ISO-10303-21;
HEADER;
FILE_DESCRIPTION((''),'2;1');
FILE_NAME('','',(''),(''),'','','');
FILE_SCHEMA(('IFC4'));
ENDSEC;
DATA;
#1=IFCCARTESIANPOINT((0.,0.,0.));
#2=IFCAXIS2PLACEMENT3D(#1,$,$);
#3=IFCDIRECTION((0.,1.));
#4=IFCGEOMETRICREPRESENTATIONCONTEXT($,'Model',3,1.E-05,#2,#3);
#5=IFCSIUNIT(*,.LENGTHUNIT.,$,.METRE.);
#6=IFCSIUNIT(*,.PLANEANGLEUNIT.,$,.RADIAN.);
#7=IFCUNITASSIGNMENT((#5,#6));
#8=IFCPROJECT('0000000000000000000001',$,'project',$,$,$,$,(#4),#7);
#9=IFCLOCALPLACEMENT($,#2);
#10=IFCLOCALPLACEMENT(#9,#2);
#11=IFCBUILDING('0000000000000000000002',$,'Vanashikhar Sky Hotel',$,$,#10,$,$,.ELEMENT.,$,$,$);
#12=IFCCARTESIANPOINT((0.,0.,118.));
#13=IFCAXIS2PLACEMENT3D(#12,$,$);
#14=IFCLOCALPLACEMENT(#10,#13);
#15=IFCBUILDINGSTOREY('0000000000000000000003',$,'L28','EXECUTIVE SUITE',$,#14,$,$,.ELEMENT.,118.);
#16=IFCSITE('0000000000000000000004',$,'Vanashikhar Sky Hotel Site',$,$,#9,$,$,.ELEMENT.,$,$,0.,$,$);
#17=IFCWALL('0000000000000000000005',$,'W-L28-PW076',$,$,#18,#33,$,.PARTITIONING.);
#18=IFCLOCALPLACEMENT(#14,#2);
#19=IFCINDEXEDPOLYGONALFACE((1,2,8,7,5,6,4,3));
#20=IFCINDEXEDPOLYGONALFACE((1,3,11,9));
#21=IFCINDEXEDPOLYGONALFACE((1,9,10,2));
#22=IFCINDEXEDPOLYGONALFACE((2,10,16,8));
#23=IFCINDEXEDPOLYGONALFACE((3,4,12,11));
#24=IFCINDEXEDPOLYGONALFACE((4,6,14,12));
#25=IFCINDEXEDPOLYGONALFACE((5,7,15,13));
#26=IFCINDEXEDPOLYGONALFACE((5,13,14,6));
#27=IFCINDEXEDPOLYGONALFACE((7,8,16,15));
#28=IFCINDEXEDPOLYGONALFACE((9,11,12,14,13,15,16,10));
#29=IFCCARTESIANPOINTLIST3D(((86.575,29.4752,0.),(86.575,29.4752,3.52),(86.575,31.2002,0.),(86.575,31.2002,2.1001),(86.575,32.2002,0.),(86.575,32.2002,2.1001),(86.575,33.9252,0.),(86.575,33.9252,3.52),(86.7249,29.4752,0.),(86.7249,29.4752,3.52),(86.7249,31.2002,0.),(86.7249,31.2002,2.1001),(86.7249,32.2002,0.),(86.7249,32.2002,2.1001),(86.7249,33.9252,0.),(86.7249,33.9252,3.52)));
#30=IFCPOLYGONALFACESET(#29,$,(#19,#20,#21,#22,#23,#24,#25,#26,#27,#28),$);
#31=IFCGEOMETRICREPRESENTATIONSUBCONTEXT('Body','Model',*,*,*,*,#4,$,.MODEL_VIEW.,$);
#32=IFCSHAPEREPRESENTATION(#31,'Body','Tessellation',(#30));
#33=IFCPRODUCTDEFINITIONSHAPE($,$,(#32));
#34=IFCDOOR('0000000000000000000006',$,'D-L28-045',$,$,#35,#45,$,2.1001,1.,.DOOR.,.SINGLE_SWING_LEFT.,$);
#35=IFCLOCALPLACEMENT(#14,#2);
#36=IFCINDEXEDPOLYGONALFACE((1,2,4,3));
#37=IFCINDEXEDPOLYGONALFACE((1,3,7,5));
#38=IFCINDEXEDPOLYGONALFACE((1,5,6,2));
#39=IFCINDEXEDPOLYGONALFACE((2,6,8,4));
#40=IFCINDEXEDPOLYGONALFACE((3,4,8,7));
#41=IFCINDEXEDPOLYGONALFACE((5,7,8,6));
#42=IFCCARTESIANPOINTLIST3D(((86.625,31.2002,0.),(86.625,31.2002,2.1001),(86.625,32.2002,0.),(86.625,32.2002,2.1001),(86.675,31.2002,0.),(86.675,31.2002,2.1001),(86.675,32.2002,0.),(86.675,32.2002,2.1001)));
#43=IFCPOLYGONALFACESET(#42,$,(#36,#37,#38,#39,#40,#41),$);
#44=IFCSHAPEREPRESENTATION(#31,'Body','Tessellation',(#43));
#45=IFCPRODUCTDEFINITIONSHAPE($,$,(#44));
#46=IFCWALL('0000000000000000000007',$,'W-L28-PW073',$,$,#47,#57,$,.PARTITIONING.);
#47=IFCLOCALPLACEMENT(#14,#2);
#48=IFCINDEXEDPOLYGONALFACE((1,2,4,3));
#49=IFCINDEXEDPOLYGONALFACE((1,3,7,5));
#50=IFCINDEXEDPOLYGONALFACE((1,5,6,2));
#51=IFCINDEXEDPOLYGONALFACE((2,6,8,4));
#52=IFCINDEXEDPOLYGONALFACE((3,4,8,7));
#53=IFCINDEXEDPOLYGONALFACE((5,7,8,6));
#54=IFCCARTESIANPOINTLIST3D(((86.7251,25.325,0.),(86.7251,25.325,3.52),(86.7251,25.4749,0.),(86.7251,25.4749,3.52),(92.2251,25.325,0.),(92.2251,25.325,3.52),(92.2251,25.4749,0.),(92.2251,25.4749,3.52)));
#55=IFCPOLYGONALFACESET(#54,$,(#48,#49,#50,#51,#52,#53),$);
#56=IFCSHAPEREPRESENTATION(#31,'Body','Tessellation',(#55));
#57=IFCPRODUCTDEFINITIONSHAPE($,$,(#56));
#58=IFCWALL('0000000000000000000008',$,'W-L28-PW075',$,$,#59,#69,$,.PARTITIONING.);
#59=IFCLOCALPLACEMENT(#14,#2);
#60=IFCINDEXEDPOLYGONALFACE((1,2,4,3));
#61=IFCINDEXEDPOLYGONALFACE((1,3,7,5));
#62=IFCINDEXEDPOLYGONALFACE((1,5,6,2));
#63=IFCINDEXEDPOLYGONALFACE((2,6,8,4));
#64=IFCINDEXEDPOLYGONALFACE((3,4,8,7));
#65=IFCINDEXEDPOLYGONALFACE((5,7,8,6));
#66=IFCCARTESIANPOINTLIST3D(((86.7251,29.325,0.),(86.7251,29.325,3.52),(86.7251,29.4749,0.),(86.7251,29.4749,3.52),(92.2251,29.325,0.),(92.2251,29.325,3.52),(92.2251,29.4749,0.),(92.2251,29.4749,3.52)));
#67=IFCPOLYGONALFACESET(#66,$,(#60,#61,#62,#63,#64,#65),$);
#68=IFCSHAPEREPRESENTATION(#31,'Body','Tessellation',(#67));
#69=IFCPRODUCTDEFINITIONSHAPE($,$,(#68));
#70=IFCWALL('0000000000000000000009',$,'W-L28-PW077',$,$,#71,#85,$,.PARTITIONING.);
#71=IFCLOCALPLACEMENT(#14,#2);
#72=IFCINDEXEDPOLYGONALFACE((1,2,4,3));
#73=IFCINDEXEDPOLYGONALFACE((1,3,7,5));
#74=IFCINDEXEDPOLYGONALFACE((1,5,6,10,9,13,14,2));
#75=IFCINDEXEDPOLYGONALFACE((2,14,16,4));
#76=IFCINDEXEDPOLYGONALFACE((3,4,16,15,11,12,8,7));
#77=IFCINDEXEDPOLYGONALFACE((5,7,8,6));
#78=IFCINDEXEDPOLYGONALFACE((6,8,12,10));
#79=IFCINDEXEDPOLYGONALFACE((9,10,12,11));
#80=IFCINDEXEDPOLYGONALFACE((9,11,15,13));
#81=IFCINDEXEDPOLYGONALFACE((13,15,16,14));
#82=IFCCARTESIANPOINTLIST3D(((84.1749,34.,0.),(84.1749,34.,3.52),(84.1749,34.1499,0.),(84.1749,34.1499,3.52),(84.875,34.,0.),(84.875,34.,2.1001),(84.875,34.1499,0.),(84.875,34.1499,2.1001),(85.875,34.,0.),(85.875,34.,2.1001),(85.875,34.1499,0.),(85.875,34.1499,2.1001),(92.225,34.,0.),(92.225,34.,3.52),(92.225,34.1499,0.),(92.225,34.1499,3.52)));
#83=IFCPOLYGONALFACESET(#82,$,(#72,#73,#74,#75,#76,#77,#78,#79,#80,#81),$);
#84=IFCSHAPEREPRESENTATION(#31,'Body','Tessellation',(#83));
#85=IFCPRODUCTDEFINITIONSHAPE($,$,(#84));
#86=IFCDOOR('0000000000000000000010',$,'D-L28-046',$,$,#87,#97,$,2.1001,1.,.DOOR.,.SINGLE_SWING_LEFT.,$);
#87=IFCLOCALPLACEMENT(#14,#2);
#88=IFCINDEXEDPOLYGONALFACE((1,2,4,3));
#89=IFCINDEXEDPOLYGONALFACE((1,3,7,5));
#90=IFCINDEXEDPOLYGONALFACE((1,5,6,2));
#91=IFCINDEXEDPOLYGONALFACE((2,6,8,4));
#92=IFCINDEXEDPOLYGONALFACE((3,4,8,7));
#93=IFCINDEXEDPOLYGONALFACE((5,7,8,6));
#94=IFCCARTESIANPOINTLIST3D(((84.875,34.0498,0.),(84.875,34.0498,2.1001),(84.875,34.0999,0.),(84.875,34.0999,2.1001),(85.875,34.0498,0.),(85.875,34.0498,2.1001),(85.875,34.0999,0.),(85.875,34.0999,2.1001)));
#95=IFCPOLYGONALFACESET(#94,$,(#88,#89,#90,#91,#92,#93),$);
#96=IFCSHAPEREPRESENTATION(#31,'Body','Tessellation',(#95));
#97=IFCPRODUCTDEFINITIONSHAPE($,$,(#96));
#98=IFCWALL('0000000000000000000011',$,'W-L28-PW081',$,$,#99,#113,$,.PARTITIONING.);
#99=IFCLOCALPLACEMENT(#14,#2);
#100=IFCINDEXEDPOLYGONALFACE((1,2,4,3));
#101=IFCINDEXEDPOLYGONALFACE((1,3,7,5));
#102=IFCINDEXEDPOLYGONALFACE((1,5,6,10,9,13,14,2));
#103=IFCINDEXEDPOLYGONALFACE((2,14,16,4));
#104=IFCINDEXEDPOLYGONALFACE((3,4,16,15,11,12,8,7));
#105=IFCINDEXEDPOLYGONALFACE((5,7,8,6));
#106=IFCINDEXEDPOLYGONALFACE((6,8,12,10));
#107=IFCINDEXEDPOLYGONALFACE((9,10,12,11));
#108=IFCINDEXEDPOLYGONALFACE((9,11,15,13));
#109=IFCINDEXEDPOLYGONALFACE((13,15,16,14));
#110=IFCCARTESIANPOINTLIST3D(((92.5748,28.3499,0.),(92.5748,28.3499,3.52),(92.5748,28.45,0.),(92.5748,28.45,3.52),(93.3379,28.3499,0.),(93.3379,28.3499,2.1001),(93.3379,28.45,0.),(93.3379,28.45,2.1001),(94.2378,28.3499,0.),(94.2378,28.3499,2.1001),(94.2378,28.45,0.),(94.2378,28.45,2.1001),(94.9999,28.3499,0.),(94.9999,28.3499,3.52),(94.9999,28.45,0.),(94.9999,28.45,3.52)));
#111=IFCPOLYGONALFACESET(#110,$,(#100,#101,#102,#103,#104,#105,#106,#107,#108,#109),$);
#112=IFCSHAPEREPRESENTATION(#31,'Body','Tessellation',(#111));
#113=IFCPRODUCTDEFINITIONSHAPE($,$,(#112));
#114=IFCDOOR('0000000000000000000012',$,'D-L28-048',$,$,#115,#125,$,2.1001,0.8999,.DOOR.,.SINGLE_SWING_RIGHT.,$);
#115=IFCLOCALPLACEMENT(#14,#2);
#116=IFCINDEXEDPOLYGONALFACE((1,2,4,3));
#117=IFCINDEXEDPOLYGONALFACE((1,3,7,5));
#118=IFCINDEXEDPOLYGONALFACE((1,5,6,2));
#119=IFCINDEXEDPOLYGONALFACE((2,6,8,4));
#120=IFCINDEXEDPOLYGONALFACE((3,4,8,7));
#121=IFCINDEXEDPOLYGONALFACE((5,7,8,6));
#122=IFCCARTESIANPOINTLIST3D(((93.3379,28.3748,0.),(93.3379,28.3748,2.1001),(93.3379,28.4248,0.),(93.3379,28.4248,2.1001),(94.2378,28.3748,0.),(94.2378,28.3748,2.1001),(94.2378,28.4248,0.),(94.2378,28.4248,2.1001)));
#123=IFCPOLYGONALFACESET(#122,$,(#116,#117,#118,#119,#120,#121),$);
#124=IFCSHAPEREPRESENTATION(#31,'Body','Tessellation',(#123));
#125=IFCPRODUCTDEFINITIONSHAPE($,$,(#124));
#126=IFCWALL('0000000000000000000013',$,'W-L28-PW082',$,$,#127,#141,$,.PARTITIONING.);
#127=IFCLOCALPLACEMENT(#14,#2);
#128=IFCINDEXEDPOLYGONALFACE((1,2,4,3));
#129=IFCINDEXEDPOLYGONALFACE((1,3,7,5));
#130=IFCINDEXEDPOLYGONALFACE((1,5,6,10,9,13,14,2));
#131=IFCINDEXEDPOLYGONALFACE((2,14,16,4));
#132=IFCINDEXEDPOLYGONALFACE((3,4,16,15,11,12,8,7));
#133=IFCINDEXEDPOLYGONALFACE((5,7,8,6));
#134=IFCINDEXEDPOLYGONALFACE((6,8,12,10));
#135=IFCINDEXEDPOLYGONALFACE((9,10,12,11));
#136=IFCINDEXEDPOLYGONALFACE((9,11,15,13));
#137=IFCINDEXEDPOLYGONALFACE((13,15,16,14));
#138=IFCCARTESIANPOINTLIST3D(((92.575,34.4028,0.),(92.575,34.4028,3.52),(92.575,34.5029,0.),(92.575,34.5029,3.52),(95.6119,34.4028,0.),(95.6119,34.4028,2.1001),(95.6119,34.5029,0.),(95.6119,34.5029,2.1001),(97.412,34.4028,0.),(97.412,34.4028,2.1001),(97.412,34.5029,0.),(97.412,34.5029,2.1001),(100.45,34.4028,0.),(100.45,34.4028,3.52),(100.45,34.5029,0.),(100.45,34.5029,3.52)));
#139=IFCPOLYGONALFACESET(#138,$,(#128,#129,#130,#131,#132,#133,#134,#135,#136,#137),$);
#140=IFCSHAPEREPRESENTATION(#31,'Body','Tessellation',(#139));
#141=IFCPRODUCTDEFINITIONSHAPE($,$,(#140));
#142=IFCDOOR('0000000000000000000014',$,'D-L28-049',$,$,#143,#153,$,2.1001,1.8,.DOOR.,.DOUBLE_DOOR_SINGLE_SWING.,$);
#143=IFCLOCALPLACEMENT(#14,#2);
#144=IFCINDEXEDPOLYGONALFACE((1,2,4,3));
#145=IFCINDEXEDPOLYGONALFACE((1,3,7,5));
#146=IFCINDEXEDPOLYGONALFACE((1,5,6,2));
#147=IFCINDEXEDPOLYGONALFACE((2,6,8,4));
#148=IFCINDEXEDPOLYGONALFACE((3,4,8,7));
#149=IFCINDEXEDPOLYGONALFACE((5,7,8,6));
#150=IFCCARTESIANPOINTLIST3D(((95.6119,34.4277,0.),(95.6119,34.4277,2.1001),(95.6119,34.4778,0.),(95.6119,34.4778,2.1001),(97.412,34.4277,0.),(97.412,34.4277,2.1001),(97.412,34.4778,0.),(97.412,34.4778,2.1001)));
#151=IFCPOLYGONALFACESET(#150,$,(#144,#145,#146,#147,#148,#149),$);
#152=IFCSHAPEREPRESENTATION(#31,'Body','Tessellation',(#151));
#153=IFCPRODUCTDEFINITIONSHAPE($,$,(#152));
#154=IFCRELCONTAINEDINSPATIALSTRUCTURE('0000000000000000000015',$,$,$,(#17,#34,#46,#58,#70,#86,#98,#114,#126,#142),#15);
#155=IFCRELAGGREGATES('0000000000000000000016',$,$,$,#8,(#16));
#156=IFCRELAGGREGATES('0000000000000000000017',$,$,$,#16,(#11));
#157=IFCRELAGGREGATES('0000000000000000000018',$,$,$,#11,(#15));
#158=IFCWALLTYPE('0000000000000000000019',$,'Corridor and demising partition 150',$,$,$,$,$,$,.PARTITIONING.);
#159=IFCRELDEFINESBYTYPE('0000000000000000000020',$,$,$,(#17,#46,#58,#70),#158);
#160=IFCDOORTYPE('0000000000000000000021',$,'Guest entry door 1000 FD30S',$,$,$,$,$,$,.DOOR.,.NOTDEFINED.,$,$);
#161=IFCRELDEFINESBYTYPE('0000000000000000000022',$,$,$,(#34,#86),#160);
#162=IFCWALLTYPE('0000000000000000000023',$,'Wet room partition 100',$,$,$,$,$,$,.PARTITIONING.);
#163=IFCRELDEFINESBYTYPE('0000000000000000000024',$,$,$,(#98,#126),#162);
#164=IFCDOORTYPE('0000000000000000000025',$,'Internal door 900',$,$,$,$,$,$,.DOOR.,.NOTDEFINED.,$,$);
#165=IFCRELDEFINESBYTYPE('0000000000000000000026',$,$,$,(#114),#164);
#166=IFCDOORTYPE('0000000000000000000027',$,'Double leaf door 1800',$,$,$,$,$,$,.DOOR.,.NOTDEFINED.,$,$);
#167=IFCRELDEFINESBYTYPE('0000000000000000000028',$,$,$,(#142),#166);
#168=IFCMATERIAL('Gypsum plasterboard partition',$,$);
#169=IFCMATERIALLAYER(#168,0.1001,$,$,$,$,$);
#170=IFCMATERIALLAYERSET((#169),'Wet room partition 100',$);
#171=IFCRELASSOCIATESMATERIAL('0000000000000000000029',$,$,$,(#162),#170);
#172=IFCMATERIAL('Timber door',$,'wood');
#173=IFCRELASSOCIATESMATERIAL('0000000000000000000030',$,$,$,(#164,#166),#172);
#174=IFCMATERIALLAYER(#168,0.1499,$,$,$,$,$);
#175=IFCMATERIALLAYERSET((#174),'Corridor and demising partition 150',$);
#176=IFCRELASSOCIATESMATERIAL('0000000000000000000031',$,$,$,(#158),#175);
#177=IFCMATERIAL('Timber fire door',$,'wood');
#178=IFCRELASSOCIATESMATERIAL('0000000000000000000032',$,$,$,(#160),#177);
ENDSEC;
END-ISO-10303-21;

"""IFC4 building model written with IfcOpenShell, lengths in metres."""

from ifc_helpers import new_model, si_unit, direction, frame, frame_2d, origin, place, context, subcontext, project, spatial, rectangle, extrude, source, transform, mapped, material, layer, layer_set, type_object, element, fill, save


model = new_model("IFC4")

# Units and contexts
model_context = context("Model", 3, precision=1e-05, world=origin(), true_north=direction((0.0, 1.0)))
body_context = subcontext(model_context, "Body", "Model", "MODEL_VIEW")
ifc_project = project(units=[si_unit("LENGTHUNIT", "METRE"), si_unit("PLANEANGLEUNIT", "RADIAN")], contexts=[model_context])

# Site, building, storey
site_placement = place(None, origin())
site = spatial("IfcSite", under=ifc_project, at=site_placement, Name="Vanashikhar Sky Hotel Site", CompositionType="ELEMENT", RefElevation=0.0)
building_placement = place(site_placement, origin())
building = spatial("IfcBuilding", under=site, at=building_placement, Name="Vanashikhar Sky Hotel", CompositionType="ELEMENT")
storey_placement = place(building_placement, frame((0.0, 0.0, 118.0)))
storey = spatial("IfcBuildingStorey", under=building, at=storey_placement, Name="L28", Description="EXECUTIVE SUITE", CompositionType="ELEMENT", Elevation=118.0)

# Shared definitions
ifc_material_1 = material(Name="Gypsum plasterboard partition")
ifc_layer_1 = layer(ifc_material_1, 0.1001)
ifc_layer_set_1 = layer_set([ifc_layer_1], Name="Wet room partition 100")
wall_type_1 = type_object("IfcWallType", Name="Wet room partition 100", PredefinedType="PARTITIONING", material=ifc_layer_set_1)
shared_shape_1 = source(origin(), body_context, "Body", "SweptSolid", [
    extrude(rectangle(XDim=0.8999, YDim=2.1001, at=frame_2d((0.45, 1.05))), frame((0.0, 0.0601, 0.0), z_axis=(0.0, -1.0, 0.0), x_axis=(1.0, 0.0, 0.0)), (0.0, 0.0, 1.0), 0.1201),
])
ifc_material_2 = material(Name="Timber door", Category="wood")
door_type_1 = type_object("IfcDoorType", Name="Internal door 900", OperationType="NOTDEFINED", PredefinedType="DOOR", material=ifc_material_2)
shared_shape_2 = source(origin(), body_context, "Body", "SweptSolid", [
    extrude(rectangle(XDim=0.8999, YDim=2.1001, at=frame_2d((0.45, 1.05))), frame((0.0, 0.0249, 0.0), z_axis=(0.0, -1.0, 0.0), x_axis=(1.0, 0.0, 0.0)), (0.0, 0.0, 1.0), 0.05),
])

# Wall, opening, door
ifc_layer_2 = layer(ifc_material_1, 0.1499)
ifc_layer_set_2 = layer_set([ifc_layer_2], Name="Corridor and demising partition 150")
wall_type_2 = type_object("IfcWallType", Name="Corridor and demising partition 150", PredefinedType="PARTITIONING", material=ifc_layer_set_2)
shared_shape_3 = source(origin(), body_context, "Body", "SweptSolid", [
    extrude(rectangle(XDim=1.0, YDim=2.1001, at=frame_2d((0.5, 1.05))), frame((0.0, 0.085, 0.0), z_axis=(0.0, -1.0, 0.0), x_axis=(1.0, 0.0, 0.0)), (0.0, 0.0, 1.0), 0.1699),
])
ifc_material_3 = material(Name="Timber fire door", Category="wood")
door_type_2 = type_object("IfcDoorType", Name="Guest entry door 1000 FD30S", OperationType="NOTDEFINED", PredefinedType="DOOR", material=ifc_material_3)
shared_shape_4 = source(origin(), body_context, "Body", "SweptSolid", [
    extrude(rectangle(XDim=1.0, YDim=2.1001, at=frame_2d((0.5, 1.05))), frame((0.0, 0.0249, 0.0), z_axis=(0.0, -1.0, 0.0), x_axis=(1.0, 0.0, 0.0)), (0.0, 0.0, 1.0), 0.05),
])
shared_shape_5 = source(origin(), body_context, "Body", "SweptSolid", [
    extrude(rectangle(XDim=4.45, YDim=0.1499, at=frame_2d((2.2251, 0.0))), origin(), (0.0, 0.0, 1.0), 3.52),
])
wall_1_placement = place(storey_placement, frame((86.6499, 29.4751, 0.0), z_axis=(0.0, 0.0, 1.0), x_axis=(0.0, 1.0, 0.0)))
wall_1 = element("IfcWall", 1, at=wall_1_placement, inside=storey, type_object=wall_type_2, Name="W-L28-PW076", PredefinedType="PARTITIONING", context=body_context, shape_type="MappedRepresentation", body=[
    mapped(shared_shape_5, transform((0.0, 0.0, 0.0), scale=1.0)),
])
opening_1_placement = place(wall_1_placement, frame((1.7251, 0.0, 0.0)))
opening_1 = element("IfcOpeningElement", 2, at=opening_1_placement, cuts=wall_1, PredefinedType="OPENING", context=body_context, shape_type="MappedRepresentation", body=[
    mapped(shared_shape_3, transform((0.0, 0.0, 0.0), scale=1.0)),
])
door_1_placement = place(opening_1_placement, origin())
door_1 = element("IfcDoor", 3, at=door_1_placement, inside=storey, type_object=door_type_2, Name="D-L28-045", OperationType="SINGLE_SWING_LEFT", OverallHeight=2.1001, OverallWidth=1.0, PredefinedType="DOOR", context=body_context, shape_type="MappedRepresentation", body=[
    mapped(shared_shape_4, transform((0.0, 0.0, 0.0), scale=1.0)),
])
fill(opening_1, door_1)

# Walls
shared_shape_6 = source(origin(), body_context, "Body", "SweptSolid", [
    extrude(rectangle(XDim=5.5, YDim=0.1499, at=frame_2d((2.75, 0.0))), origin(), (0.0, 0.0, 1.0), 3.52),
])
for number, where, z_axis, x_axis, name in (
    (4, (86.7251, 25.3999, 0.0), (0.0, 0.0, 1.0), (1.0, 0.0, 0.0), "W-L28-PW073"),
    (5, (86.7251, 29.3999, 0.0), (0.0, 0.0, 1.0), (1.0, 0.0, 0.0), "W-L28-PW075"),
):
    element("IfcWall", number, at=place(storey_placement, frame(where, z_axis=z_axis, x_axis=x_axis)), inside=storey, type_object=wall_type_2, Name=name, PredefinedType="PARTITIONING", context=body_context, shape_type="MappedRepresentation", body=[
        mapped(shared_shape_6, transform((0.0, 0.0, 0.0), scale=1.0)),
    ])

# Walls, openings, doors
shared_shape_7 = source(origin(), body_context, "Body", "SweptSolid", [
    extrude(rectangle(XDim=8.05, YDim=0.1499, at=frame_2d((4.0249, 0.0))), origin(), (0.0, 0.0, 1.0), 3.52),
])
wall_2_placement = place(storey_placement, frame((84.175, 34.075, 0.0), z_axis=(0.0, 0.0, 1.0), x_axis=(1.0, 0.0, 0.0)))
wall_2 = element("IfcWall", 6, at=wall_2_placement, inside=storey, type_object=wall_type_2, Name="W-L28-PW077", PredefinedType="PARTITIONING", context=body_context, shape_type="MappedRepresentation", body=[
    mapped(shared_shape_7, transform((0.0, 0.0, 0.0), scale=1.0)),
])
opening_2_placement = place(wall_2_placement, frame((0.7, 0.0, 0.0)))
opening_2 = element("IfcOpeningElement", 7, at=opening_2_placement, cuts=wall_2, PredefinedType="OPENING", context=body_context, shape_type="MappedRepresentation", body=[
    mapped(shared_shape_3, transform((0.0, 0.0, 0.0), scale=1.0)),
])
door_2_placement = place(opening_2_placement, origin())
door_2 = element("IfcDoor", 8, at=door_2_placement, inside=storey, type_object=door_type_2, Name="D-L28-046", OperationType="SINGLE_SWING_LEFT", OverallHeight=2.1001, OverallWidth=1.0, PredefinedType="DOOR", context=body_context, shape_type="MappedRepresentation", body=[
    mapped(shared_shape_4, transform((0.0, 0.0, 0.0), scale=1.0)),
])
fill(opening_2, door_2)
shared_shape_8 = source(origin(), body_context, "Body", "SweptSolid", [
    extrude(rectangle(XDim=2.425, YDim=0.1001, at=frame_2d((1.2124, 0.0))), origin(), (0.0, 0.0, 1.0), 3.52),
])
wall_3_placement = place(storey_placement, frame((92.575, 28.3999, 0.0), z_axis=(0.0, 0.0, 1.0), x_axis=(1.0, 0.0, 0.0)))
wall_3 = element("IfcWall", 9, at=wall_3_placement, inside=storey, type_object=wall_type_1, Name="W-L28-PW081", PredefinedType="PARTITIONING", context=body_context, shape_type="MappedRepresentation", body=[
    mapped(shared_shape_8, transform((0.0, 0.0, 0.0), scale=1.0)),
])
opening_3_placement = place(wall_3_placement, frame((0.7629, 0.0, 0.0)))
opening_3 = element("IfcOpeningElement", 10, at=opening_3_placement, cuts=wall_3, PredefinedType="OPENING", context=body_context, shape_type="MappedRepresentation", body=[
    mapped(shared_shape_1, transform((0.0, 0.0, 0.0), scale=1.0)),
])
door_3_placement = place(opening_3_placement, origin())
door_3 = element("IfcDoor", 11, at=door_3_placement, inside=storey, type_object=door_type_1, Name="D-L28-048", OperationType="SINGLE_SWING_RIGHT", OverallHeight=2.1001, OverallWidth=0.8999, PredefinedType="DOOR", context=body_context, shape_type="MappedRepresentation", body=[
    mapped(shared_shape_2, transform((0.0, 0.0, 0.0), scale=1.0)),
])
fill(opening_3, door_3)
shared_shape_9 = source(origin(), body_context, "Body", "SweptSolid", [
    extrude(rectangle(XDim=7.875, YDim=0.1001, at=frame_2d((3.9375, 0.0))), origin(), (0.0, 0.0, 1.0), 3.52),
])
wall_4_placement = place(storey_placement, frame((92.575, 34.4529, 0.0), z_axis=(0.0, 0.0, 1.0), x_axis=(1.0, 0.0, 0.0)))
wall_4 = element("IfcWall", 12, at=wall_4_placement, inside=storey, type_object=wall_type_1, Name="W-L28-PW082", PredefinedType="PARTITIONING", context=body_context, shape_type="MappedRepresentation", body=[
    mapped(shared_shape_9, transform((0.0, 0.0, 0.0), scale=1.0)),
])
shared_shape_10 = source(origin(), body_context, "Body", "SweptSolid", [
    extrude(rectangle(XDim=1.8, YDim=2.1001, at=frame_2d((0.8999, 1.05))), frame((0.0, 0.0601, 0.0), z_axis=(0.0, -1.0, 0.0), x_axis=(1.0, 0.0, 0.0)), (0.0, 0.0, 1.0), 0.1201),
])
opening_4_placement = place(wall_4_placement, frame((3.0371, 0.0, 0.0)))
opening_4 = element("IfcOpeningElement", 13, at=opening_4_placement, cuts=wall_4, PredefinedType="OPENING", context=body_context, shape_type="MappedRepresentation", body=[
    mapped(shared_shape_10, transform((0.0, 0.0, 0.0), scale=1.0)),
])
door_type_3 = type_object("IfcDoorType", Name="Double leaf door 1800", OperationType="NOTDEFINED", PredefinedType="DOOR", material=ifc_material_2)
shared_shape_11 = source(origin(), body_context, "Body", "SweptSolid", [
    extrude(rectangle(XDim=1.8, YDim=2.1001, at=frame_2d((0.8999, 1.05))), frame((0.0, 0.0249, 0.0), z_axis=(0.0, -1.0, 0.0), x_axis=(1.0, 0.0, 0.0)), (0.0, 0.0, 1.0), 0.05),
])
door_4_placement = place(opening_4_placement, origin())
door_4 = element("IfcDoor", 14, at=door_4_placement, inside=storey, type_object=door_type_3, Name="D-L28-049", OperationType="DOUBLE_DOOR_SINGLE_SWING", OverallHeight=2.1001, OverallWidth=1.8, PredefinedType="DOOR", context=body_context, shape_type="MappedRepresentation", body=[
    mapped(shared_shape_11, transform((0.0, 0.0, 0.0), scale=1.0)),
])
fill(opening_4, door_4)

save(model, "model.ifc")
